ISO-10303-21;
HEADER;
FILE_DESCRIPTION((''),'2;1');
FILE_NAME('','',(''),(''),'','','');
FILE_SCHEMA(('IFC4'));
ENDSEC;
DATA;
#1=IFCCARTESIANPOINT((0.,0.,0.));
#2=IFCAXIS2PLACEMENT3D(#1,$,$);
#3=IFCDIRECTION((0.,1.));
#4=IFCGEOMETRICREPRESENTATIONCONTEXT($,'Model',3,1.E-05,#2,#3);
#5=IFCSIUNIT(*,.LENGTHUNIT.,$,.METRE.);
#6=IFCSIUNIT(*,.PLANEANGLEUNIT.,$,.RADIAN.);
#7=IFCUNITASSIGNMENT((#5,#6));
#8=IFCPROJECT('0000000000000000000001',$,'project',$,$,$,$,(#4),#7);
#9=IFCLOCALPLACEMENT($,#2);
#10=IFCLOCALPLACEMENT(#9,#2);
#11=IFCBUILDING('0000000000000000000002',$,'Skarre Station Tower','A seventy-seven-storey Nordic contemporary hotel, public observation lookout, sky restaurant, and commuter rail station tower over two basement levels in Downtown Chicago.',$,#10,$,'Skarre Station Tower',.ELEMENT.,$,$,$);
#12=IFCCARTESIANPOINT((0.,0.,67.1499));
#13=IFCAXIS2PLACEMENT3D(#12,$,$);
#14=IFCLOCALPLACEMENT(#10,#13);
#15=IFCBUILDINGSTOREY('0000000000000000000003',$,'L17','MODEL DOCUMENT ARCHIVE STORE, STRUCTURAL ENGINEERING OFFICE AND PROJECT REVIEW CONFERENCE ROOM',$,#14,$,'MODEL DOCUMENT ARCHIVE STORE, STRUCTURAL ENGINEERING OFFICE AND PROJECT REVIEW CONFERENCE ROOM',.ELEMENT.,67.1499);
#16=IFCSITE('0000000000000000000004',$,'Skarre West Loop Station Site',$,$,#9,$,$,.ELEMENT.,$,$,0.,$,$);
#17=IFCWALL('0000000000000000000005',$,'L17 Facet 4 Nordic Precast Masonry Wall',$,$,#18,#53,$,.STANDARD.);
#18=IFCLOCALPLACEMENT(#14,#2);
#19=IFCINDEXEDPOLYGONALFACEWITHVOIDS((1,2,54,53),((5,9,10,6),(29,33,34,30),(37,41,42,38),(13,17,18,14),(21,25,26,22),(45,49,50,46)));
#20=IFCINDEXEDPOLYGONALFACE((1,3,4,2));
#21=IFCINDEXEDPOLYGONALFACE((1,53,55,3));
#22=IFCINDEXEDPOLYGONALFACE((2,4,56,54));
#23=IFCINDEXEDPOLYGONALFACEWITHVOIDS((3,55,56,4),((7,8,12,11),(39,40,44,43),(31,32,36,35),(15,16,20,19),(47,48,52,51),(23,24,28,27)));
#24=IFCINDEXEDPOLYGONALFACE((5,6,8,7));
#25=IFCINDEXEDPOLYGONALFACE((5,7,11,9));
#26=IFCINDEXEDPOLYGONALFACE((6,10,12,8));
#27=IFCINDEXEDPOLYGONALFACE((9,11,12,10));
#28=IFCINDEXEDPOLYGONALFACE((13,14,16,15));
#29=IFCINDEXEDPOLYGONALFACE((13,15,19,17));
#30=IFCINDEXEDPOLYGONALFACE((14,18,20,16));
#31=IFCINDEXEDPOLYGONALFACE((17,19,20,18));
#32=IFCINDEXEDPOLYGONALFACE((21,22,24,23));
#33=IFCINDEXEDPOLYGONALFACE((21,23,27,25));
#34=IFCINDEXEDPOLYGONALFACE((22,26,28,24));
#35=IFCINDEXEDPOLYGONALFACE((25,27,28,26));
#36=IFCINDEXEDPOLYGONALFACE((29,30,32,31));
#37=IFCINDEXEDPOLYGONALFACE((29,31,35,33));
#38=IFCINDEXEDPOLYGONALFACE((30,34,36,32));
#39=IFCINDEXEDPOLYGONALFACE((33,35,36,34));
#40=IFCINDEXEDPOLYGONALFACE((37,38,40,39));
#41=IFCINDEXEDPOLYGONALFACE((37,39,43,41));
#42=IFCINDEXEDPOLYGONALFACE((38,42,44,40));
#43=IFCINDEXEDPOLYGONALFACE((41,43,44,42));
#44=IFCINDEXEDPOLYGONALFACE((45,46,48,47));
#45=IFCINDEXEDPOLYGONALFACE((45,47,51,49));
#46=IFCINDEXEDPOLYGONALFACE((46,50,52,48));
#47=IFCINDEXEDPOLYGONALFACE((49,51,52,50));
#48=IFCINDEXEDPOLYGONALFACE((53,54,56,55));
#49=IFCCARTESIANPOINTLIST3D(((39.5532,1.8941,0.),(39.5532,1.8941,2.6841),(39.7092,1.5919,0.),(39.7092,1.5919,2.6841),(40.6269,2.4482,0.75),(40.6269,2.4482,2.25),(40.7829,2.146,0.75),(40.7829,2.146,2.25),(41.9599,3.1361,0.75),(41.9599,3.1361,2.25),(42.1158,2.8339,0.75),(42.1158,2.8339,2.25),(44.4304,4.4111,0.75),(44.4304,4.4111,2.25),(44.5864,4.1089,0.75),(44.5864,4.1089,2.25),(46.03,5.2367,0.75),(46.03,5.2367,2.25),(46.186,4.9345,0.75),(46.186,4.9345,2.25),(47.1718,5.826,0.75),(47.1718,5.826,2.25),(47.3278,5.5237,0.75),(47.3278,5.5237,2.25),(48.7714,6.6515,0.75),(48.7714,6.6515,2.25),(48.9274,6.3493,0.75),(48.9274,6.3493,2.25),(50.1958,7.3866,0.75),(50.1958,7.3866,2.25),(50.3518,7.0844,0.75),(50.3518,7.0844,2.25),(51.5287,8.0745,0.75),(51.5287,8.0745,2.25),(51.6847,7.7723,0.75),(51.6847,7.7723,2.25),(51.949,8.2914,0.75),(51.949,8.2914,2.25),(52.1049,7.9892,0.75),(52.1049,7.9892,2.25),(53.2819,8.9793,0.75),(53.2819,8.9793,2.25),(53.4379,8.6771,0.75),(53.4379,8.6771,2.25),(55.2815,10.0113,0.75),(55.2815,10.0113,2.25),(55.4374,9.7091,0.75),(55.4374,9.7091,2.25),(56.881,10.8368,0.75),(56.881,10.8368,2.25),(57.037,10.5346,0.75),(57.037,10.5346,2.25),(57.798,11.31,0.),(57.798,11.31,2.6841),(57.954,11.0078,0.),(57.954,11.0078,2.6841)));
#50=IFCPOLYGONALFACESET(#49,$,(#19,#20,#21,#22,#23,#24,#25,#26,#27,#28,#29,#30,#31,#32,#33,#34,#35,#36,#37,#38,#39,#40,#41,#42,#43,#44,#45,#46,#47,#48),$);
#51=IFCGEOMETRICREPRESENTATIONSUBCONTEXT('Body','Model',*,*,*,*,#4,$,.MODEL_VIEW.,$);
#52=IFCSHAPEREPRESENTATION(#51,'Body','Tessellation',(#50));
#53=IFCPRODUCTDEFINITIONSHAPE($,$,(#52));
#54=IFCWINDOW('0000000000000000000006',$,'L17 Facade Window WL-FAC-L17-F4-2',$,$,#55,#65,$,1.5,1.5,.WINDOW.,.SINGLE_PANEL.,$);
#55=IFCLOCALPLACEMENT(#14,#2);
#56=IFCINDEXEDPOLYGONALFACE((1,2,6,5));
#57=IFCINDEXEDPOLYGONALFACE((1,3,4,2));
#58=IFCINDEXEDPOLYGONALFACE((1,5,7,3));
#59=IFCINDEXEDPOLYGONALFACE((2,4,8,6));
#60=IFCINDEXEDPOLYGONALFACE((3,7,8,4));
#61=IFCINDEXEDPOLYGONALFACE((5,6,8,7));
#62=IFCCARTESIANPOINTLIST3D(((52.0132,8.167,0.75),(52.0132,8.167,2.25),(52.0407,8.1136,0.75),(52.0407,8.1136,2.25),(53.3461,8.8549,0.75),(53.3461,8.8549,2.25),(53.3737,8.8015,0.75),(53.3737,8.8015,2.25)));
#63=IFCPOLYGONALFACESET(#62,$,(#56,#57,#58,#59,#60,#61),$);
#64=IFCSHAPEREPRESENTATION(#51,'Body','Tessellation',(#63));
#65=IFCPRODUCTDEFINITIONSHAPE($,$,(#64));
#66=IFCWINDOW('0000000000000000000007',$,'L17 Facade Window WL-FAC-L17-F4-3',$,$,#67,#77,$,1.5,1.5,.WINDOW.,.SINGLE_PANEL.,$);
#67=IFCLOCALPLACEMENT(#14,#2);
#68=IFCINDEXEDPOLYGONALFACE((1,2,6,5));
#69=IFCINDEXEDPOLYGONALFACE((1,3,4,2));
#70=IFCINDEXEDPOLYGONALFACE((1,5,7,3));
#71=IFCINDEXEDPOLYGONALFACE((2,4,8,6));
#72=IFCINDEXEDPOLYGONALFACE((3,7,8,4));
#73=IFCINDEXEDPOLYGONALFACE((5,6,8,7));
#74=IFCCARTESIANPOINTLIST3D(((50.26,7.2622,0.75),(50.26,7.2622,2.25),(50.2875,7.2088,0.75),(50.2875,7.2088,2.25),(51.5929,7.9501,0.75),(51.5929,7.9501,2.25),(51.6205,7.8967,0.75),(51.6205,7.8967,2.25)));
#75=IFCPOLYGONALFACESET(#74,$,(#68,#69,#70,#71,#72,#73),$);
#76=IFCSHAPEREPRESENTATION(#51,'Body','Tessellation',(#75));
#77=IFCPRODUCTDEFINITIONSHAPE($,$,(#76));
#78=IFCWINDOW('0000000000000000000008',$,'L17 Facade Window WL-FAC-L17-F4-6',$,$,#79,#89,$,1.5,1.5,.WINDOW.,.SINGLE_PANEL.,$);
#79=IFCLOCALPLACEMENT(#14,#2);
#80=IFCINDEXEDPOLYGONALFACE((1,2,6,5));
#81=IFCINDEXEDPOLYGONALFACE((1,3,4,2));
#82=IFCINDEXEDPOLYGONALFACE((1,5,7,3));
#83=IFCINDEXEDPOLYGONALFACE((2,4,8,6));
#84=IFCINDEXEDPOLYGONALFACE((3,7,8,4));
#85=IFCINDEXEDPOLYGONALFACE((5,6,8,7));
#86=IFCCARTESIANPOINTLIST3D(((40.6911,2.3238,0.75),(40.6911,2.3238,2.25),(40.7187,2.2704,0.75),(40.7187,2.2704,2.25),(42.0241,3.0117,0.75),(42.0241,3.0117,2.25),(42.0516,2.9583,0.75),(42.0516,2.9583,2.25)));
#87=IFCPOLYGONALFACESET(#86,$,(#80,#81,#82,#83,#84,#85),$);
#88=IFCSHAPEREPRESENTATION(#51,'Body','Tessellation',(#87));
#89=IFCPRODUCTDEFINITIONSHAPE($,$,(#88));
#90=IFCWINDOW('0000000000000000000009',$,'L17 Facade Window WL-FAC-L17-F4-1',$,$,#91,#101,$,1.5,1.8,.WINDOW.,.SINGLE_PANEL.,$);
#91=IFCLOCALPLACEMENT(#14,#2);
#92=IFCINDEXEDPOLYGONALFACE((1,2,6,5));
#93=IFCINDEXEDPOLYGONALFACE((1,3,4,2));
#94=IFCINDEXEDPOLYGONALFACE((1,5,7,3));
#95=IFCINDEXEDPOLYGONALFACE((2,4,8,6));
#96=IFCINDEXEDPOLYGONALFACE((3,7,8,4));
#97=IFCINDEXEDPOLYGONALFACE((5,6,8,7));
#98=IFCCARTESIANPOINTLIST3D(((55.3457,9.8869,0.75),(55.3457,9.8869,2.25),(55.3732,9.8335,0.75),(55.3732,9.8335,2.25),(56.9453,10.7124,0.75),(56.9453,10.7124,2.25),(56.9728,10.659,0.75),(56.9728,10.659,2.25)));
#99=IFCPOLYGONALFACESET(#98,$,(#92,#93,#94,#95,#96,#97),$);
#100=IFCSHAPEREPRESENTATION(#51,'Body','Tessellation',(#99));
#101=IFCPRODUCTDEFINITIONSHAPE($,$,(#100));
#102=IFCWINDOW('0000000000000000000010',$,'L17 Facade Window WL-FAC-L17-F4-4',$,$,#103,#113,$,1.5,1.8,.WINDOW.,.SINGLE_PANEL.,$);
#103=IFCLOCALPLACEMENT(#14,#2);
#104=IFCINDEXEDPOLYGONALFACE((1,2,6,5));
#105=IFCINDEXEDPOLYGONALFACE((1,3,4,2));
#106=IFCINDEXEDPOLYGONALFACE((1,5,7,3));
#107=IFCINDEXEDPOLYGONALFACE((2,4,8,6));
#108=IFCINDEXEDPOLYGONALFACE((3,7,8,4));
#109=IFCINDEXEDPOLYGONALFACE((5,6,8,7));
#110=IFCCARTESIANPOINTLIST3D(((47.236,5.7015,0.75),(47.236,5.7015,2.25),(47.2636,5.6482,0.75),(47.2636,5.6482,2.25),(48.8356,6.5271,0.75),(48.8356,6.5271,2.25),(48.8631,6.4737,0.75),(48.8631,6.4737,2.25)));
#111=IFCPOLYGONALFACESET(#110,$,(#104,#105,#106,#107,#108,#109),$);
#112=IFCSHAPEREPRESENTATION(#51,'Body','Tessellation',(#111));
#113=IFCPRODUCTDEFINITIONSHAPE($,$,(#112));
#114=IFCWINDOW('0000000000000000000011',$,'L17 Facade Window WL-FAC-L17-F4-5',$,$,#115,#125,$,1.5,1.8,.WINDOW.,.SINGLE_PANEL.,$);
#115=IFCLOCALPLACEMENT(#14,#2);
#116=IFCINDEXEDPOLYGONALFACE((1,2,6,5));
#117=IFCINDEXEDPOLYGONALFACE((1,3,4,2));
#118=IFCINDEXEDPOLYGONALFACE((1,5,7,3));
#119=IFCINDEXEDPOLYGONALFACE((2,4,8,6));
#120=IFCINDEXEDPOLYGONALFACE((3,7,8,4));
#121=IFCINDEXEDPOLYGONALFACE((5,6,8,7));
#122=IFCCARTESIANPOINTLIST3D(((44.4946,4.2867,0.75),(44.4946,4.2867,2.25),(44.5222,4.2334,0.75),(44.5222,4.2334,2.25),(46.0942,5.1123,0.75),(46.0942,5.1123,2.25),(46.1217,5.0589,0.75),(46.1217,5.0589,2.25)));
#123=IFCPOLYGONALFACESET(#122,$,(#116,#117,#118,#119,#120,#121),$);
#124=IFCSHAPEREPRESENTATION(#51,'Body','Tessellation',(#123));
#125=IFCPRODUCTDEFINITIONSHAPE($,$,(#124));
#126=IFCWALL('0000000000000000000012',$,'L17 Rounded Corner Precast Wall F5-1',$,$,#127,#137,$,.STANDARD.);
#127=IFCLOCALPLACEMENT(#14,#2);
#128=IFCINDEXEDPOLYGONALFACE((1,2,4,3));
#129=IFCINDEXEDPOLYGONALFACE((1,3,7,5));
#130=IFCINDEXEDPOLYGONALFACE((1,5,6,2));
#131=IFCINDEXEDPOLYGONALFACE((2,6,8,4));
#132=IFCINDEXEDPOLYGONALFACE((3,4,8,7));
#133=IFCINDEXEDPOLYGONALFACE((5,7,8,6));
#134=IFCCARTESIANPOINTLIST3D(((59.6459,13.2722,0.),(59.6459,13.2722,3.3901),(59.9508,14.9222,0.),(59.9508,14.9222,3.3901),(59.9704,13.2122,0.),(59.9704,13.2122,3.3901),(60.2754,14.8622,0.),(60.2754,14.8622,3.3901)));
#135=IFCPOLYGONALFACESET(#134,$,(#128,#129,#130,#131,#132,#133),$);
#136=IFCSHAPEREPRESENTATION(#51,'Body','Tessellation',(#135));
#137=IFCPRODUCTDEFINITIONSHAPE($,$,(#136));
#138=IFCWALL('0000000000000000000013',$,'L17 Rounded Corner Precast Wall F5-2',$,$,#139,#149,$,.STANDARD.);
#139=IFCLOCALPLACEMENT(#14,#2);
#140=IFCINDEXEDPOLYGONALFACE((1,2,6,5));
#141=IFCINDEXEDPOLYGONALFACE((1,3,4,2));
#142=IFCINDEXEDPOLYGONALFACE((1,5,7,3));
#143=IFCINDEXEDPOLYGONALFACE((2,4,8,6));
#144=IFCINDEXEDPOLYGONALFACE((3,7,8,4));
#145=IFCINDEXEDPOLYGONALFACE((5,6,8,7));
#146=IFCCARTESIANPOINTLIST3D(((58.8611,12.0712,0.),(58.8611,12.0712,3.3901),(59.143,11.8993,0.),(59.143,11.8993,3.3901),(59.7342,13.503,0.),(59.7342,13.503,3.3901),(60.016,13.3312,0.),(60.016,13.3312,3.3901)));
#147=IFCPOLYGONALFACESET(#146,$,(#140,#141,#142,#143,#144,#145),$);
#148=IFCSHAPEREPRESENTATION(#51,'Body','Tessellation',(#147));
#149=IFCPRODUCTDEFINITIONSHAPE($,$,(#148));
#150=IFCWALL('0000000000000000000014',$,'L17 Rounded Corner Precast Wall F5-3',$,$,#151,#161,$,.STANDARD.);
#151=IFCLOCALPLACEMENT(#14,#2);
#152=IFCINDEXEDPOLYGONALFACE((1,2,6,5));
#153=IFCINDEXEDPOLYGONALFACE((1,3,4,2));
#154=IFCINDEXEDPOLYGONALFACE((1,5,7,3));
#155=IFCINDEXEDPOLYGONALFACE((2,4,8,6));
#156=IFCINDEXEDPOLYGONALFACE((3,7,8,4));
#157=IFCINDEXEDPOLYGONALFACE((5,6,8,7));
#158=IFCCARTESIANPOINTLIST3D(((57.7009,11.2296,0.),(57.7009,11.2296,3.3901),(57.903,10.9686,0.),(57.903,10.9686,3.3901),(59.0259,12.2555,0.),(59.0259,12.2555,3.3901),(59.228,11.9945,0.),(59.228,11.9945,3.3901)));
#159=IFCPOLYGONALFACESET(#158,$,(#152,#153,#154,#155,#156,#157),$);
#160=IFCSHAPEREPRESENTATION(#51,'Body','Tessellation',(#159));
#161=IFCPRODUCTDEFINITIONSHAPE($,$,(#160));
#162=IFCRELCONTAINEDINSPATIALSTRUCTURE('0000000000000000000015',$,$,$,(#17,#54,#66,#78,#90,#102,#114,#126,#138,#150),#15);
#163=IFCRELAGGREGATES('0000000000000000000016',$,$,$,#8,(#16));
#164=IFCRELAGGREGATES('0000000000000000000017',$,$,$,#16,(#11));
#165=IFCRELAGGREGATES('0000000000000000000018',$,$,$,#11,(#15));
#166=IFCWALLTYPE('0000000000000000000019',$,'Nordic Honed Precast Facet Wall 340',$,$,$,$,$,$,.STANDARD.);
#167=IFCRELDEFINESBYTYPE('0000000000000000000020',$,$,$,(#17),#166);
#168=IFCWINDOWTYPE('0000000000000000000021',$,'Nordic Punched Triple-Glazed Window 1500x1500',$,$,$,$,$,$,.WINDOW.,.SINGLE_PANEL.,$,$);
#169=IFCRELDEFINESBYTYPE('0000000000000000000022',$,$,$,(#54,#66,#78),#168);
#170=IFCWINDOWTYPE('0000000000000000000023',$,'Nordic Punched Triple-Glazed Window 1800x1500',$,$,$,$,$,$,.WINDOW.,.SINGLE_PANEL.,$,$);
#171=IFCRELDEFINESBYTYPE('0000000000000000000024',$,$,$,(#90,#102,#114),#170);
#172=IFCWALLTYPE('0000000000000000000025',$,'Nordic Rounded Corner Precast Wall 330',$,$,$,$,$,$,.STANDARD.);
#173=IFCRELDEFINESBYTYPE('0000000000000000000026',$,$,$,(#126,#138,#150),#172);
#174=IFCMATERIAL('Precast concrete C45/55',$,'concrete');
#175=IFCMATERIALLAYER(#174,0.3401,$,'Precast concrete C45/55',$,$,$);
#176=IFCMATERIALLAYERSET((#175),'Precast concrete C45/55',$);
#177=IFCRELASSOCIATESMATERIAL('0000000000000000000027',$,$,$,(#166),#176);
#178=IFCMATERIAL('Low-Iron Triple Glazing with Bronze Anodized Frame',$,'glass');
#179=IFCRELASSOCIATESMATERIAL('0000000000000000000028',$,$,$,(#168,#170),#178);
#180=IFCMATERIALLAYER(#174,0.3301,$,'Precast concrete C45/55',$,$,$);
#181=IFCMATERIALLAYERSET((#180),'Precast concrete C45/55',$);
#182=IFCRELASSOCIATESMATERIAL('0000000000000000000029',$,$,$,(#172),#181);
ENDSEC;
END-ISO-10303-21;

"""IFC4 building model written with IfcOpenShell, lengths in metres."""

from ifc_helpers import new_model, si_unit, direction, frame, frame_2d, origin, place, context, subcontext, project, spatial, rectangle, extrude, material, layer, layer_set, type_object, element, fill, save


model = new_model("IFC4")

# Units and contexts
model_context = context("Model", 3, precision=1e-05, world=origin(), true_north=direction((0.0, 1.0)))
body_context = subcontext(model_context, "Body", "Model", "MODEL_VIEW")
ifc_project = project(units=[si_unit("LENGTHUNIT", "METRE"), si_unit("PLANEANGLEUNIT", "RADIAN")], contexts=[model_context])

# Site, building, storey
site_placement = place(None, origin())
site = spatial("IfcSite", under=ifc_project, at=site_placement, Name="Skarre West Loop Station Site", CompositionType="ELEMENT", RefElevation=0.0)
building_placement = place(site_placement, origin())
building = spatial("IfcBuilding", under=site, at=building_placement, Name="Skarre Station Tower", Description="A seventy-seven-storey Nordic contemporary hotel, public observation lookout, sky restaurant, and commuter rail station tower over two basement levels in Downtown Chicago.", LongName="Skarre Station Tower", CompositionType="ELEMENT")
storey_placement = place(building_placement, frame((0.0, 0.0, 67.1499)))
storey = spatial("IfcBuildingStorey", under=building, at=storey_placement, Name="L17", Description="MODEL DOCUMENT ARCHIVE STORE, STRUCTURAL ENGINEERING OFFICE AND PROJECT REVIEW CONFERENCE ROOM", LongName="MODEL DOCUMENT ARCHIVE STORE, STRUCTURAL ENGINEERING OFFICE AND PROJECT REVIEW CONFERENCE ROOM", CompositionType="ELEMENT", Elevation=67.1499)

# Wall, openings, windows
ifc_material_1 = material(Name="Precast concrete C45/55", Category="concrete")
ifc_layer_1 = layer(ifc_material_1, 0.3401, Name="Precast concrete C45/55")
ifc_layer_set_1 = layer_set([ifc_layer_1], Name="Precast concrete C45/55")
wall_type_1 = type_object("IfcWallType", Name="Nordic Honed Precast Facet Wall 340", PredefinedType="STANDARD", material=ifc_layer_set_1)
wall_1_placement = place(storey_placement, frame((57.876, 11.1589, 0.0), z_axis=(0.0, 0.0, 1.0), x_axis=(-0.888634, -0.458616, 0.0)))
wall_1 = element("IfcWall", 1, at=wall_1_placement, inside=storey, type_object=wall_type_1, Name="L17 Facet 4 Nordic Precast Masonry Wall", PredefinedType="STANDARD", context=body_context, shape_type="SweptSolid", body=[
    extrude(rectangle(XDim=20.5312, YDim=0.3401, at=frame_2d((10.2656, 0.0))), origin(), (0.0, 0.0, 1.0), 2.6841),
])
opening_1_placement = place(wall_1_placement, frame((1.032, 0.0, 0.75)))
opening_1 = element("IfcOpeningElement", 2, at=opening_1_placement, cuts=wall_1, PredefinedType="OPENING", context=body_context, shape_type="SweptSolid", body=[
    extrude(rectangle(XDim=1.8, YDim=1.5, at=frame_2d((0.8999, 0.75))), frame((0.0, 0.1799, 0.0), z_axis=(0.0, -1.0, 0.0), x_axis=(1.0, 0.0, 0.0)), (0.0, 0.0, 1.0), 0.3601),
])
opening_2_placement = place(wall_1_placement, frame((5.082, 0.0, 0.75)))
opening_2 = element("IfcOpeningElement", 3, at=opening_2_placement, cuts=wall_1, PredefinedType="OPENING", context=body_context, shape_type="SweptSolid", body=[
    extrude(rectangle(XDim=1.5, YDim=1.5, at=frame_2d((0.75, 0.75))), frame((0.0, 0.1799, 0.0), z_axis=(0.0, -1.0, 0.0), x_axis=(1.0, 0.0, 0.0)), (0.0, 0.0, 1.0), 0.3601),
])
opening_3_placement = place(wall_1_placement, frame((7.0549, 0.0, 0.75)))
opening_3 = element("IfcOpeningElement", 4, at=opening_3_placement, cuts=wall_1, PredefinedType="OPENING", context=body_context, shape_type="SweptSolid", body=[
    extrude(rectangle(XDim=1.5, YDim=1.5, at=frame_2d((0.75, 0.75))), frame((0.0, 0.1799, 0.0), z_axis=(0.0, -1.0, 0.0), x_axis=(1.0, 0.0, 0.0)), (0.0, 0.0, 1.0), 0.3601),
])
opening_4_placement = place(wall_1_placement, frame((10.158, 0.0, 0.75)))
opening_4 = element("IfcOpeningElement", 5, at=opening_4_placement, cuts=wall_1, PredefinedType="OPENING", context=body_context, shape_type="SweptSolid", body=[
    extrude(rectangle(XDim=1.8, YDim=1.5, at=frame_2d((0.8999, 0.75))), frame((0.0, 0.1799, 0.0), z_axis=(0.0, -1.0, 0.0), x_axis=(1.0, 0.0, 0.0)), (0.0, 0.0, 1.0), 0.3601),
])
opening_5_placement = place(wall_1_placement, frame((13.2429, 0.0, 0.75)))
opening_5 = element("IfcOpeningElement", 6, at=opening_5_placement, cuts=wall_1, PredefinedType="OPENING", context=body_context, shape_type="SweptSolid", body=[
    extrude(rectangle(XDim=1.8, YDim=1.5, at=frame_2d((0.8999, 0.75))), frame((0.0, 0.1799, 0.0), z_axis=(0.0, -1.0, 0.0), x_axis=(1.0, 0.0, 0.0)), (0.0, 0.0, 1.0), 0.3601),
])
opening_6_placement = place(wall_1_placement, frame((17.823, 0.0, 0.75)))
opening_6 = element("IfcOpeningElement", 7, at=opening_6_placement, cuts=wall_1, PredefinedType="OPENING", context=body_context, shape_type="SweptSolid", body=[
    extrude(rectangle(XDim=1.5, YDim=1.5, at=frame_2d((0.75, 0.75))), frame((0.0, 0.1799, 0.0), z_axis=(0.0, -1.0, 0.0), x_axis=(1.0, 0.0, 0.0)), (0.0, 0.0, 1.0), 0.3601),
])
ifc_material_2 = material(Name="Low-Iron Triple Glazing with Bronze Anodized Frame", Category="glass")
window_type_1 = type_object("IfcWindowType", Name="Nordic Punched Triple-Glazed Window 1500x1500", PartitioningType="SINGLE_PANEL", PredefinedType="WINDOW", material=ifc_material_2)
window_1_placement = place(opening_2_placement, origin())
window_1 = element("IfcWindow", 8, at=window_1_placement, inside=storey, type_object=window_type_1, Name="L17 Facade Window WL-FAC-L17-F4-2", OverallHeight=1.5, OverallWidth=1.5, PartitioningType="SINGLE_PANEL", PredefinedType="WINDOW", context=body_context, shape_type="SweptSolid", body=[
    extrude(rectangle(XDim=1.5, YDim=1.5, at=frame_2d((0.75, 0.75))), frame((0.0, 0.03, 0.0), z_axis=(0.0, -1.0, 0.0), x_axis=(1.0, 0.0, 0.0)), (0.0, 0.0, 1.0), 0.0601),
])
fill(opening_2, window_1)
window_2_placement = place(opening_3_placement, origin())
window_2 = element("IfcWindow", 9, at=window_2_placement, inside=storey, type_object=window_type_1, Name="L17 Facade Window WL-FAC-L17-F4-3", OverallHeight=1.5, OverallWidth=1.5, PartitioningType="SINGLE_PANEL", PredefinedType="WINDOW", context=body_context, shape_type="SweptSolid", body=[
    extrude(rectangle(XDim=1.5, YDim=1.5, at=frame_2d((0.75, 0.75))), frame((0.0, 0.03, 0.0), z_axis=(0.0, -1.0, 0.0), x_axis=(1.0, 0.0, 0.0)), (0.0, 0.0, 1.0), 0.0601),
])
fill(opening_3, window_2)
window_3_placement = place(opening_6_placement, origin())
window_3 = element("IfcWindow", 10, at=window_3_placement, inside=storey, type_object=window_type_1, Name="L17 Facade Window WL-FAC-L17-F4-6", OverallHeight=1.5, OverallWidth=1.5, PartitioningType="SINGLE_PANEL", PredefinedType="WINDOW", context=body_context, shape_type="SweptSolid", body=[
    extrude(rectangle(XDim=1.5, YDim=1.5, at=frame_2d((0.75, 0.75))), frame((0.0, 0.03, 0.0), z_axis=(0.0, -1.0, 0.0), x_axis=(1.0, 0.0, 0.0)), (0.0, 0.0, 1.0), 0.0601),
])
fill(opening_6, window_3)
window_type_2 = type_object("IfcWindowType", Name="Nordic Punched Triple-Glazed Window 1800x1500", PartitioningType="SINGLE_PANEL", PredefinedType="WINDOW", material=ifc_material_2)
window_4_placement = place(opening_1_placement, origin())
window_4 = element("IfcWindow", 11, at=window_4_placement, inside=storey, type_object=window_type_2, Name="L17 Facade Window WL-FAC-L17-F4-1", OverallHeight=1.5, OverallWidth=1.8, PartitioningType="SINGLE_PANEL", PredefinedType="WINDOW", context=body_context, shape_type="SweptSolid", body=[
    extrude(rectangle(XDim=1.8, YDim=1.5, at=frame_2d((0.8999, 0.75))), frame((0.0, 0.03, 0.0), z_axis=(0.0, -1.0, 0.0), x_axis=(1.0, 0.0, 0.0)), (0.0, 0.0, 1.0), 0.0601),
])
fill(opening_1, window_4)
window_5_placement = place(opening_4_placement, origin())
window_5 = element("IfcWindow", 12, at=window_5_placement, inside=storey, type_object=window_type_2, Name="L17 Facade Window WL-FAC-L17-F4-4", OverallHeight=1.5, OverallWidth=1.8, PartitioningType="SINGLE_PANEL", PredefinedType="WINDOW", context=body_context, shape_type="SweptSolid", body=[
    extrude(rectangle(XDim=1.8, YDim=1.5, at=frame_2d((0.8999, 0.75))), frame((0.0, 0.03, 0.0), z_axis=(0.0, -1.0, 0.0), x_axis=(1.0, 0.0, 0.0)), (0.0, 0.0, 1.0), 0.0601),
])
fill(opening_4, window_5)
window_6_placement = place(opening_5_placement, origin())
window_6 = element("IfcWindow", 13, at=window_6_placement, inside=storey, type_object=window_type_2, Name="L17 Facade Window WL-FAC-L17-F4-5", OverallHeight=1.5, OverallWidth=1.8, PartitioningType="SINGLE_PANEL", PredefinedType="WINDOW", context=body_context, shape_type="SweptSolid", body=[
    extrude(rectangle(XDim=1.8, YDim=1.5, at=frame_2d((0.8999, 0.75))), frame((0.0, 0.03, 0.0), z_axis=(0.0, -1.0, 0.0), x_axis=(1.0, 0.0, 0.0)), (0.0, 0.0, 1.0), 0.0601),
])
fill(opening_5, window_6)

# Walls
ifc_layer_2 = layer(ifc_material_1, 0.3301, Name="Precast concrete C45/55")
ifc_layer_set_2 = layer_set([ifc_layer_2], Name="Precast concrete C45/55")
wall_type_2 = type_object("IfcWallType", Name="Nordic Rounded Corner Precast Wall 330", PredefinedType="STANDARD", material=ifc_layer_set_2)
wall_2_placement = place(storey_placement, frame((60.113, 14.8921, 0.0), z_axis=(0.0, 0.0, 1.0), x_axis=(-0.181714, -0.983351, 0.0)))
element("IfcWall", 14, at=wall_2_placement, inside=storey, type_object=wall_type_2, Name="L17 Rounded Corner Precast Wall F5-1", PredefinedType="STANDARD", context=body_context, shape_type="SweptSolid", body=[
    extrude(rectangle(XDim=1.678, YDim=0.3301, at=frame_2d((0.8389, 0.0))), origin(), (0.0, 0.0, 1.0), 3.3901),
])
wall_3_placement = place(storey_placement, frame((59.875, 13.417, 0.0), z_axis=(0.0, 0.0, 1.0), x_axis=(-0.520584, -0.85381, 0.0)))
element("IfcWall", 15, at=wall_3_placement, inside=storey, type_object=wall_type_2, Name="L17 Rounded Corner Precast Wall F5-2", PredefinedType="STANDARD", context=body_context, shape_type="SweptSolid", body=[
    extrude(rectangle(XDim=1.677, YDim=0.3301, at=frame_2d((0.8384, 0.0))), origin(), (0.0, 0.0, 1.0), 3.3901),
])
wall_4_placement = place(storey_placement, frame((59.127, 12.125, 0.0), z_axis=(0.0, 0.0, 1.0), x_axis=(-0.790692, -0.612214, 0.0)))
element("IfcWall", 16, at=wall_4_placement, inside=storey, type_object=wall_type_2, Name="L17 Rounded Corner Precast Wall F5-3", PredefinedType="STANDARD", context=body_context, shape_type="SweptSolid", body=[
    extrude(rectangle(XDim=1.6758, YDim=0.3301, at=frame_2d((0.8379, 0.0))), origin(), (0.0, 0.0, 1.0), 3.3901),
])

save(model, "model.ifc")
